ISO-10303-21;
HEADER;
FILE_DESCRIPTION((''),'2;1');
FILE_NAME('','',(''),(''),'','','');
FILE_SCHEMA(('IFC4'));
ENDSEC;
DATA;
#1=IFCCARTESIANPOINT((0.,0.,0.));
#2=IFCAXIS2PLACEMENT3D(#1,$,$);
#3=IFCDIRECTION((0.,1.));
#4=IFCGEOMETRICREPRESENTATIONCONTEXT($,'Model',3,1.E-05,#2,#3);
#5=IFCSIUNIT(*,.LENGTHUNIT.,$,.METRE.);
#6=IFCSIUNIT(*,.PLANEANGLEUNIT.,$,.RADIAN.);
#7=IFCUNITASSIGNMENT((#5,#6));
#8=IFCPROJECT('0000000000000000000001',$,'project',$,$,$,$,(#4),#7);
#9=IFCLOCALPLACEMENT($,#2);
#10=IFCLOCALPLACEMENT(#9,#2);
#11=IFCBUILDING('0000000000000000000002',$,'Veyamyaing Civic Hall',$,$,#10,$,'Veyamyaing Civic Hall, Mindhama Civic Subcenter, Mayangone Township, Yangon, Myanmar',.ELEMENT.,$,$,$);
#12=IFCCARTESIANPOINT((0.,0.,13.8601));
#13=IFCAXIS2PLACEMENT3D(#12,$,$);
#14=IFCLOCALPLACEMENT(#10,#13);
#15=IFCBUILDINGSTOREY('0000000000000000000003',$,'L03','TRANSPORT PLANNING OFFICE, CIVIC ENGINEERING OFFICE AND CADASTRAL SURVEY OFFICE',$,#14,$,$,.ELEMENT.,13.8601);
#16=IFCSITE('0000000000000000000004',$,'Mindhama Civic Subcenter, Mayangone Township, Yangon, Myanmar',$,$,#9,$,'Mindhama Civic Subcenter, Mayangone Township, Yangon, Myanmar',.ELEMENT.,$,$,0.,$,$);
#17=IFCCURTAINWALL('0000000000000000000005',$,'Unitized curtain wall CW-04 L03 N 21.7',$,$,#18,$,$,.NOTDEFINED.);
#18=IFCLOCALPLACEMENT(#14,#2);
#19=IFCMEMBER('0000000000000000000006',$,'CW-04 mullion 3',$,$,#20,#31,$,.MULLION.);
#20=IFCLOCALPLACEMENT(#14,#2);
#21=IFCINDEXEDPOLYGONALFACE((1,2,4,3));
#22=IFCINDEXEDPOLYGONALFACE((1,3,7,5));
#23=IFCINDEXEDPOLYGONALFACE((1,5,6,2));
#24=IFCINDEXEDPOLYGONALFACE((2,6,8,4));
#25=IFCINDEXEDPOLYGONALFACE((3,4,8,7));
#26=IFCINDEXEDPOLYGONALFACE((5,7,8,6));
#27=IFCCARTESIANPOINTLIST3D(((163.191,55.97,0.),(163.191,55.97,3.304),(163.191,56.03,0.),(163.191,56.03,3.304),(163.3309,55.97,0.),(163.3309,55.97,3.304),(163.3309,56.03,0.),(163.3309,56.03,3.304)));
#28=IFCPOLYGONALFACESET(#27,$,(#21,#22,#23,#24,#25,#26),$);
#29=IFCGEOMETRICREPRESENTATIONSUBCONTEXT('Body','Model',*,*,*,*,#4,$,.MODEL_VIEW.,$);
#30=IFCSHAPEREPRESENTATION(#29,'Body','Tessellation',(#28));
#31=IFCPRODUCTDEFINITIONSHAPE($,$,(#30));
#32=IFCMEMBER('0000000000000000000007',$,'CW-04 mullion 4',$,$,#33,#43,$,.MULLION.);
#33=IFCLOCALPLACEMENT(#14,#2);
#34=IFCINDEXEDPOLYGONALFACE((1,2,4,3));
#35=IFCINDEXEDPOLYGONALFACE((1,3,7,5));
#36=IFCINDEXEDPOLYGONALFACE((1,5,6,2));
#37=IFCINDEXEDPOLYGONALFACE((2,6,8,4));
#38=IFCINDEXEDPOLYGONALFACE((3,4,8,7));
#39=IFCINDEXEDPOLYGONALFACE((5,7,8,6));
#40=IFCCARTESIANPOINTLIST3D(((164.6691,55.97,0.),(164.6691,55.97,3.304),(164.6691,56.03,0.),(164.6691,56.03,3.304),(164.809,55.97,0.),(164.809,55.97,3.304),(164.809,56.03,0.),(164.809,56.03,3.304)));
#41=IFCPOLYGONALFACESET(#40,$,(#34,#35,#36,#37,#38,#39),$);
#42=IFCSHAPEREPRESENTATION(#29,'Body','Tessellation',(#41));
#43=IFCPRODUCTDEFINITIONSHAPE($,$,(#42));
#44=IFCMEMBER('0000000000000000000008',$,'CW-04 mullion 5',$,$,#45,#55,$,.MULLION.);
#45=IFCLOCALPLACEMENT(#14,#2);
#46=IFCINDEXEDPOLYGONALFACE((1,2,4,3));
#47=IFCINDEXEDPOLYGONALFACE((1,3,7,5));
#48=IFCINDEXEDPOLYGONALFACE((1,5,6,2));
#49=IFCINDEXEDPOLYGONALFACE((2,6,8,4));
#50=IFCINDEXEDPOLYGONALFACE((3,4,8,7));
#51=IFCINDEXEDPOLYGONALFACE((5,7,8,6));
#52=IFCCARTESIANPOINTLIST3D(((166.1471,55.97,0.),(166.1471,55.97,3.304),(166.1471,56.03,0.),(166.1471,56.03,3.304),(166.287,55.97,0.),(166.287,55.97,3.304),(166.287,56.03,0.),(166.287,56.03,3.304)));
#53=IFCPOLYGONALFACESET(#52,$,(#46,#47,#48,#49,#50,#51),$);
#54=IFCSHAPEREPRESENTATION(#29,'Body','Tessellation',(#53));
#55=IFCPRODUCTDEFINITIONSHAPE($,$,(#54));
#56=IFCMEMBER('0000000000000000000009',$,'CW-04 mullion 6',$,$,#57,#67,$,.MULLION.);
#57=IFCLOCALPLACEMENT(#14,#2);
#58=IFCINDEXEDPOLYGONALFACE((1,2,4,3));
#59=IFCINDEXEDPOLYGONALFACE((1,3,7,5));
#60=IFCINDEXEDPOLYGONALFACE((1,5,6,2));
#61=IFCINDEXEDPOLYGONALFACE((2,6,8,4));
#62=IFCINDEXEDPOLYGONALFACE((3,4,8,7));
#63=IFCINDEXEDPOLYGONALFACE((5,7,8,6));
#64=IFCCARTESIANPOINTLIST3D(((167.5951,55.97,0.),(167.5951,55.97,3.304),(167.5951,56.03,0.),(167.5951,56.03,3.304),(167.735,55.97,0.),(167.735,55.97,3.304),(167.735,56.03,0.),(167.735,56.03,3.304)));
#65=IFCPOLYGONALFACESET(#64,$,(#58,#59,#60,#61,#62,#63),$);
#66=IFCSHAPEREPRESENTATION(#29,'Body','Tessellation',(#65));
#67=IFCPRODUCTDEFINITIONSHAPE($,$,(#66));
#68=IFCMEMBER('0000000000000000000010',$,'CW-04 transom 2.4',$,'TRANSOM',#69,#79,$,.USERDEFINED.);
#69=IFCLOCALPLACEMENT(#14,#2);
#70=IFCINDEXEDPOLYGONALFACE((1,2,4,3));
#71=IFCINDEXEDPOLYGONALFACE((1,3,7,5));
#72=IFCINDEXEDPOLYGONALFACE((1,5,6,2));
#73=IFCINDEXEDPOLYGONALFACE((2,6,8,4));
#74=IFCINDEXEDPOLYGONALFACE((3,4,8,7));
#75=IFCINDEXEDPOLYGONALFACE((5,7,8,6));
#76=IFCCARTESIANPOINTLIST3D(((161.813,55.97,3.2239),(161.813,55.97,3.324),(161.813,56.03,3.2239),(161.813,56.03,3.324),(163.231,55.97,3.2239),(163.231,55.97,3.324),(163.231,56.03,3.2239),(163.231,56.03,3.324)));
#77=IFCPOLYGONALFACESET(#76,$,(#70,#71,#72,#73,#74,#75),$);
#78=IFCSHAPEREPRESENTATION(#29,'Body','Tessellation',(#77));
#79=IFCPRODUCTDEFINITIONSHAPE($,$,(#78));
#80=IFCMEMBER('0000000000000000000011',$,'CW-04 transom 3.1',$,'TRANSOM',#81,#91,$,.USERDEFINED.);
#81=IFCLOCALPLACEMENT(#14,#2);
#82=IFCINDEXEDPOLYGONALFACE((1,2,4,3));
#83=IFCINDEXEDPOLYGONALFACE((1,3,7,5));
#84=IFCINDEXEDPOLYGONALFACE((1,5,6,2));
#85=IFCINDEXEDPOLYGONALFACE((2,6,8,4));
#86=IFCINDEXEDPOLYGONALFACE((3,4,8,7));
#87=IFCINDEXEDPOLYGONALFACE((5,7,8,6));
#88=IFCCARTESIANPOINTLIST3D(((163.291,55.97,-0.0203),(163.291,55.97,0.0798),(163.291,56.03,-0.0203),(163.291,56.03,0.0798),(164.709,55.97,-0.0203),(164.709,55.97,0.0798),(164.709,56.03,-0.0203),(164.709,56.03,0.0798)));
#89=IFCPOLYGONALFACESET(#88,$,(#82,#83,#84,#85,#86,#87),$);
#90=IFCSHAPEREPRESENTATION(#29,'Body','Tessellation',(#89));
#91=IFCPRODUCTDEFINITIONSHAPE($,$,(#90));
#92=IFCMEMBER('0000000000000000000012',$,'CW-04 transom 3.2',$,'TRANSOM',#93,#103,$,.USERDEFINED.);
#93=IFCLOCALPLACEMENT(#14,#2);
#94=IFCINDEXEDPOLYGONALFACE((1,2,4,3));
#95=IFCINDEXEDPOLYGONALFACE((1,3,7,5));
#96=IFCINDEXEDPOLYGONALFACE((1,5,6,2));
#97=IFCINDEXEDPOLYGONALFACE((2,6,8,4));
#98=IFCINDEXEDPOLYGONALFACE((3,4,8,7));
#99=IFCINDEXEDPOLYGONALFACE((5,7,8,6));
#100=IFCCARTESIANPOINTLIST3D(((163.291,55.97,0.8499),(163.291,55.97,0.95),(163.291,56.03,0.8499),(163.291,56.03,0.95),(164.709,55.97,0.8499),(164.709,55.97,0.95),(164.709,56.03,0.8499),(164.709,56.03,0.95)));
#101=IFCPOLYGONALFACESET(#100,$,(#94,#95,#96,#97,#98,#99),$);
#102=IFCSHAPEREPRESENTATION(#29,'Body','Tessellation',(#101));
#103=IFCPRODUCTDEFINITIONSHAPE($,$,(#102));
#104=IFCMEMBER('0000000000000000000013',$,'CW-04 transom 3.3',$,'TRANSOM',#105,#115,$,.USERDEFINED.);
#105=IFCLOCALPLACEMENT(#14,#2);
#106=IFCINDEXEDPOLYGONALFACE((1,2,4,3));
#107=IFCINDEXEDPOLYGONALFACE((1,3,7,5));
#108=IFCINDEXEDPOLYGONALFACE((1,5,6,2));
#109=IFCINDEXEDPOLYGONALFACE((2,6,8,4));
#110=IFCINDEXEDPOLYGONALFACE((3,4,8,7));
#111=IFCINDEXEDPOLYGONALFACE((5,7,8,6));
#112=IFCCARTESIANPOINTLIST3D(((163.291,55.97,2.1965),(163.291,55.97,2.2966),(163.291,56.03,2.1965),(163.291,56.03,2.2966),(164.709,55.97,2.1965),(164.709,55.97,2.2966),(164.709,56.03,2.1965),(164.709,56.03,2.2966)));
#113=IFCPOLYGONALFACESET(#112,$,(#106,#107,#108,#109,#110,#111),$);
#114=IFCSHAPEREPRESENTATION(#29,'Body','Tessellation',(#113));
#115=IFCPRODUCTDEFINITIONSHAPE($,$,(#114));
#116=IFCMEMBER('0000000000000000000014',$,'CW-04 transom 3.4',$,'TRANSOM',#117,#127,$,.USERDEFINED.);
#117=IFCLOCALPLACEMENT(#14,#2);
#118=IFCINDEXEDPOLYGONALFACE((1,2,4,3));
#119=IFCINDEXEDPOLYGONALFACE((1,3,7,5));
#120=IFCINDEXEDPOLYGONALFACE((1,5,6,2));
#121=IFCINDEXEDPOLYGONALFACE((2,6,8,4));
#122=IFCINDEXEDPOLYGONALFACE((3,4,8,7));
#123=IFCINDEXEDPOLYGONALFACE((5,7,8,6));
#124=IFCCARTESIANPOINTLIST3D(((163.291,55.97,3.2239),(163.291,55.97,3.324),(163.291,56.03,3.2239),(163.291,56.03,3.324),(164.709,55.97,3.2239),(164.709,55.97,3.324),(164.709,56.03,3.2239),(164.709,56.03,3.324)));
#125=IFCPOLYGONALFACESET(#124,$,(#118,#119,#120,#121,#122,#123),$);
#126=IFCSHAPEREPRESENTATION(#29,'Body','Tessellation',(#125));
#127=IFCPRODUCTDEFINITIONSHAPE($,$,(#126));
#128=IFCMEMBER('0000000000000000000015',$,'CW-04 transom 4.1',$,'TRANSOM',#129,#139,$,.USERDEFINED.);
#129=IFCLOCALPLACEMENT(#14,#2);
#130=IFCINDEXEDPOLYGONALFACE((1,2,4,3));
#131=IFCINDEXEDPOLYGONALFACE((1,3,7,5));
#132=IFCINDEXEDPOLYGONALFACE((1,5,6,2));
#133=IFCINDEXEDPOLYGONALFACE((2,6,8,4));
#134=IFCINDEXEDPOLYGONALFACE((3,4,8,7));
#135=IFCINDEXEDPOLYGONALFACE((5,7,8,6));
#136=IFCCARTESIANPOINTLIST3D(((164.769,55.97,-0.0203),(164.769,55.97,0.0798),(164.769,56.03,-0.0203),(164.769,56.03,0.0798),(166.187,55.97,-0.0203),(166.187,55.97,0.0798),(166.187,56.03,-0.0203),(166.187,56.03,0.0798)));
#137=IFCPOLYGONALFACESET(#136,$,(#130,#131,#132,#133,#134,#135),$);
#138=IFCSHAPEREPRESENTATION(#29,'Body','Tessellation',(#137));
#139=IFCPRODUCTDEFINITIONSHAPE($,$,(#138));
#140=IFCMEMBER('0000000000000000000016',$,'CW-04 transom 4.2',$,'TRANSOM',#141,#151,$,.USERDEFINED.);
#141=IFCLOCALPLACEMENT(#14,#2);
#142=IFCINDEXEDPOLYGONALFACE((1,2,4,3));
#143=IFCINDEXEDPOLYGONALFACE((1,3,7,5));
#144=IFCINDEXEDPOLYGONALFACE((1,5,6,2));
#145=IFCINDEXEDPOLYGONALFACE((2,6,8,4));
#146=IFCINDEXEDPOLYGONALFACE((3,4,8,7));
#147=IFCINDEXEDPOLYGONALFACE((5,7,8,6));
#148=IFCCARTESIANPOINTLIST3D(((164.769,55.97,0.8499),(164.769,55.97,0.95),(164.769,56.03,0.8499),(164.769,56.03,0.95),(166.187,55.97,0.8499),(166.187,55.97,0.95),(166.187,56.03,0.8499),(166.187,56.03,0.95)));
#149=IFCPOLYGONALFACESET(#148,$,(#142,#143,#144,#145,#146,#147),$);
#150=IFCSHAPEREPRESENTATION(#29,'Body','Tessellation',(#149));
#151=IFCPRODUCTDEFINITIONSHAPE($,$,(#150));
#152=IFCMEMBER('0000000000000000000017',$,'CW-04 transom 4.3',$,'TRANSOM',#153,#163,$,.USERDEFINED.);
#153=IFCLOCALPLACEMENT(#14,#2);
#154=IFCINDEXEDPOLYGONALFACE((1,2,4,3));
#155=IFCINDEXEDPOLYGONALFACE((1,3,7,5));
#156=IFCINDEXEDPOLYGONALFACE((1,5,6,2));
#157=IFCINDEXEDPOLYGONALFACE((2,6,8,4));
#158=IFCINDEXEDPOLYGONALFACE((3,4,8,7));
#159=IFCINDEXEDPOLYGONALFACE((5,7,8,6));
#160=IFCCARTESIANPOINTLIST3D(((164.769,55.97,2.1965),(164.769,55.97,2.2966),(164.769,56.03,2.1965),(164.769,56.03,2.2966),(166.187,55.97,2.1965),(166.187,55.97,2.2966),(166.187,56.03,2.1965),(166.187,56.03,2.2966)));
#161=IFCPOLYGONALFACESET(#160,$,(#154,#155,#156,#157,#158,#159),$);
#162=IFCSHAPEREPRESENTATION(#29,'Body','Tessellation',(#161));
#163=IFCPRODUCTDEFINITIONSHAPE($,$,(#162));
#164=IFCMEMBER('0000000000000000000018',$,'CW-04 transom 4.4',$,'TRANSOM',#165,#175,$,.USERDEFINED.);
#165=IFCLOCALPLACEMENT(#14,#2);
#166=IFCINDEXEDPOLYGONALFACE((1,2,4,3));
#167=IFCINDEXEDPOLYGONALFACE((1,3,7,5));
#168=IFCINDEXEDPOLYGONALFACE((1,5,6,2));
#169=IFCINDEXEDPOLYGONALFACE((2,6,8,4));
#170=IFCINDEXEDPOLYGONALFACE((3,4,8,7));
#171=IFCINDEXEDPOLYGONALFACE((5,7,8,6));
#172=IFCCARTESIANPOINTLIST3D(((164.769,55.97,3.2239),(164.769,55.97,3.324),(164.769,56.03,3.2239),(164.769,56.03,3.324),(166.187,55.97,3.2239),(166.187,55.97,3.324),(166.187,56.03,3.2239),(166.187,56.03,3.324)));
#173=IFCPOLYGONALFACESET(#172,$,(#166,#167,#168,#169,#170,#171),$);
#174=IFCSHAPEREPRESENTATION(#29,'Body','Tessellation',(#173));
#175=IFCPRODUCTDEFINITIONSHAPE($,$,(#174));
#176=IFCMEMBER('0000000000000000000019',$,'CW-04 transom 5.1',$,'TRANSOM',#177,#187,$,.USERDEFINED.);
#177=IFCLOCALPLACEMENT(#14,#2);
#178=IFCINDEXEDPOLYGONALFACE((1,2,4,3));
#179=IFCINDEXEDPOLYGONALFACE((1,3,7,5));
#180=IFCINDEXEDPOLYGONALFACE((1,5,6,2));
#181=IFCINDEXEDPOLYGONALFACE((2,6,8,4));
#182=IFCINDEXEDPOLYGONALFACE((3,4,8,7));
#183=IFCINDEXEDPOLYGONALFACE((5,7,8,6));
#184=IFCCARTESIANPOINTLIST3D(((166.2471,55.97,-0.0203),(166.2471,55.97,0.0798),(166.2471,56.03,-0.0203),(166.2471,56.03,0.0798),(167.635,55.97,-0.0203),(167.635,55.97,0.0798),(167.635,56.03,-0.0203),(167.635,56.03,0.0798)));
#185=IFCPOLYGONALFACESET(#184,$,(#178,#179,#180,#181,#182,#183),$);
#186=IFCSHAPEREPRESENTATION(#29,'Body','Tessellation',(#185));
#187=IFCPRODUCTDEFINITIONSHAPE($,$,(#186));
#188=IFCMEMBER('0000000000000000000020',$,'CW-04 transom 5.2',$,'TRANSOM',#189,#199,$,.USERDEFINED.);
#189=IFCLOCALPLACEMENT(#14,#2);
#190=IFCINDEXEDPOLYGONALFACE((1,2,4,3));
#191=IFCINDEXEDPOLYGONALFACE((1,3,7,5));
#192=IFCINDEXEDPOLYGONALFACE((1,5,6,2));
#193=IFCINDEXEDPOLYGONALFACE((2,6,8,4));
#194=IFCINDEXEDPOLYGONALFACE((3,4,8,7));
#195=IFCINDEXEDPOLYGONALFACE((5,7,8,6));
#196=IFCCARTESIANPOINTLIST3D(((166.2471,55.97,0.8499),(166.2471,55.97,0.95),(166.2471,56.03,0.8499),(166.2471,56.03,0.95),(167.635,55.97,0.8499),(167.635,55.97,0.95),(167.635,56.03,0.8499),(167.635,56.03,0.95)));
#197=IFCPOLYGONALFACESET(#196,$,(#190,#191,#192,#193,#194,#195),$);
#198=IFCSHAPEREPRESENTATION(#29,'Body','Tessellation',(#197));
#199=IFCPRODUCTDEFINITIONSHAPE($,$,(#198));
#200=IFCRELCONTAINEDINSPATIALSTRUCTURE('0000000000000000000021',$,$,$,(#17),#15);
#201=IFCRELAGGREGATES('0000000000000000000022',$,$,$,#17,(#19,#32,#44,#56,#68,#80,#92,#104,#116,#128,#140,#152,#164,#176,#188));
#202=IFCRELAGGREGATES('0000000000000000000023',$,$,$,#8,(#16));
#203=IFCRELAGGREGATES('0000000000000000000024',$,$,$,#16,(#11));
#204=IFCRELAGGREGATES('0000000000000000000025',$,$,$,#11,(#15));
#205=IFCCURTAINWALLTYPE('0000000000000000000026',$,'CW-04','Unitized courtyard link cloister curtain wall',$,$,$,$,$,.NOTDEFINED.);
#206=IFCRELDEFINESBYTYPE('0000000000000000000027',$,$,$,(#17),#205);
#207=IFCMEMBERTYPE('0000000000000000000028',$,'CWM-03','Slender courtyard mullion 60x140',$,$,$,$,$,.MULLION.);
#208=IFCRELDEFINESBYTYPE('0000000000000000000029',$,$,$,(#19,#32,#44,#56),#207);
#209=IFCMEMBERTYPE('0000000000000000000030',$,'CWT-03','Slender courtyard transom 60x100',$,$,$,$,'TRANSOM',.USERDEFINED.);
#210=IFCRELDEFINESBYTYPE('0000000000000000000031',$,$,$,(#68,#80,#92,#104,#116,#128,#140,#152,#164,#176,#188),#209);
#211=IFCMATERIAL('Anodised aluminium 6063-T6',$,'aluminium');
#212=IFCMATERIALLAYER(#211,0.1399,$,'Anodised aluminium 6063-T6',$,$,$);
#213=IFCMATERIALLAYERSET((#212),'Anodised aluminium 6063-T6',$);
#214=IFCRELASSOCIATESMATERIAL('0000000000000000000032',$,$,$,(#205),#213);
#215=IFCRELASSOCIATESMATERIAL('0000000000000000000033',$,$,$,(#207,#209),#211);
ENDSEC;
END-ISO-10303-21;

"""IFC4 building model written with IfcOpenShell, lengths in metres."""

from ifc_helpers import new_model, si_unit, direction, frame, origin, origin_2d, place, context, subcontext, project, spatial, rectangle, extrude, material, layer, layer_set, material_profile, profile_set, type_object, element, aggregate, save


model = new_model("IFC4")

# Units and contexts
model_context = context("Model", 3, precision=1e-05, world=origin(), true_north=direction((0.0, 1.0)))
body_context = subcontext(model_context, "Body", "Model", "MODEL_VIEW")
ifc_project = project(units=[si_unit("LENGTHUNIT", "METRE"), si_unit("PLANEANGLEUNIT", "RADIAN")], contexts=[model_context])

# Site, building, storey
site_placement = place(None, origin())
site = spatial("IfcSite", under=ifc_project, at=site_placement, Name="Mindhama Civic Subcenter, Mayangone Township, Yangon, Myanmar", LongName="Mindhama Civic Subcenter, Mayangone Township, Yangon, Myanmar", CompositionType="ELEMENT", RefElevation=0.0)
building_placement = place(site_placement, origin())
building = spatial("IfcBuilding", under=site, at=building_placement, Name="Veyamyaing Civic Hall", LongName="Veyamyaing Civic Hall, Mindhama Civic Subcenter, Mayangone Township, Yangon, Myanmar", CompositionType="ELEMENT")
storey_placement = place(building_placement, frame((0.0, 0.0, 13.8601)))
storey = spatial("IfcBuildingStorey", under=building, at=storey_placement, Name="L03", Description="TRANSPORT PLANNING OFFICE, CIVIC ENGINEERING OFFICE AND CADASTRAL SURVEY OFFICE", CompositionType="ELEMENT", Elevation=13.8601)

# Curtain wall, members
ifc_material_1 = material(Name="Anodised aluminium 6063-T6", Category="aluminium")
ifc_layer_1 = layer(ifc_material_1, 0.1399, Name="Anodised aluminium 6063-T6")
ifc_layer_set_1 = layer_set([ifc_layer_1], Name="Anodised aluminium 6063-T6")
curtain_wall_type = type_object("IfcCurtainWallType", Name="CW-04", Description="Unitized courtyard link cloister curtain wall", PredefinedType="NOTDEFINED", material=ifc_layer_set_1)
curtain_wall_placement = place(storey_placement, origin())
curtain_wall = element("IfcCurtainWall", 1, at=curtain_wall_placement, inside=storey, type_object=curtain_wall_type, Name="Unitized curtain wall CW-04 L03 N 21.7", PredefinedType="NOTDEFINED")
ifc_material_profile_1 = material_profile(ifc_material_1, rectangle(XDim=0.0601, YDim=0.1399, at=origin_2d()), Name="ALU-MUL-60X140")
ifc_profile_set_1 = profile_set([ifc_material_profile_1], Name="Anodised aluminium 6063-T6")
member_type_1 = type_object("IfcMemberType", Name="CWM-03", Description="Slender courtyard mullion 60x140", PredefinedType="MULLION", material=ifc_profile_set_1)
member_1_placement = place(storey_placement, frame((163.261, 56.0, 0.0), z_axis=(0.0, 0.0, 1.0), x_axis=(0.0, 1.0, 0.0)))
member_1 = element("IfcMember", 2, at=member_1_placement, type_object=member_type_1, Name="CW-04 mullion 3", PredefinedType="MULLION", context=body_context, shape_type="SweptSolid", body=[
    extrude(rectangle(XDim=0.0601, YDim=0.1399, at=origin_2d()), origin(), (0.0, 0.0, 1.0), 3.304),
])
member_2_placement = place(storey_placement, frame((164.739, 56.0, 0.0), z_axis=(0.0, 0.0, 1.0), x_axis=(0.0, 1.0, 0.0)))
member_2 = element("IfcMember", 3, at=member_2_placement, type_object=member_type_1, Name="CW-04 mullion 4", PredefinedType="MULLION", context=body_context, shape_type="SweptSolid", body=[
    extrude(rectangle(XDim=0.0601, YDim=0.1399, at=origin_2d()), origin(), (0.0, 0.0, 1.0), 3.304),
])
member_3_placement = place(storey_placement, frame((166.217, 56.0, 0.0), z_axis=(0.0, 0.0, 1.0), x_axis=(0.0, 1.0, 0.0)))
member_3 = element("IfcMember", 4, at=member_3_placement, type_object=member_type_1, Name="CW-04 mullion 5", PredefinedType="MULLION", context=body_context, shape_type="SweptSolid", body=[
    extrude(rectangle(XDim=0.0601, YDim=0.1399, at=origin_2d()), origin(), (0.0, 0.0, 1.0), 3.304),
])
member_4_placement = place(storey_placement, frame((167.665, 56.0, 0.0), z_axis=(0.0, 0.0, 1.0), x_axis=(0.0, 1.0, 0.0)))
member_4 = element("IfcMember", 5, at=member_4_placement, type_object=member_type_1, Name="CW-04 mullion 6", PredefinedType="MULLION", context=body_context, shape_type="SweptSolid", body=[
    extrude(rectangle(XDim=0.0601, YDim=0.1399, at=origin_2d()), origin(), (0.0, 0.0, 1.0), 3.304),
])
ifc_material_profile_2 = material_profile(ifc_material_1, rectangle(XDim=0.0601, YDim=0.1001, at=origin_2d()), Name="ALU-TRN-60X100")
ifc_profile_set_2 = profile_set([ifc_material_profile_2], Name="Anodised aluminium 6063-T6")
member_type_2 = type_object("IfcMemberType", Name="CWT-03", Description="Slender courtyard transom 60x100", ElementType="TRANSOM", PredefinedType="USERDEFINED", material=ifc_profile_set_2)
member_5_placement = place(storey_placement, frame((161.813, 56.0, 3.2739), z_axis=(1.0, 0.0, 0.0), x_axis=(0.0, 1.0, 0.0)))
member_5 = element("IfcMember", 6, at=member_5_placement, type_object=member_type_2, Name="CW-04 transom 2.4", ObjectType="TRANSOM", PredefinedType="USERDEFINED", context=body_context, shape_type="SweptSolid", body=[
    extrude(rectangle(XDim=0.0601, YDim=0.1001, at=origin_2d()), origin(), (0.0, 0.0, 1.0), 1.418),
])
member_6_placement = place(storey_placement, frame((163.291, 56.0, 0.0298), z_axis=(1.0, 0.0, 0.0), x_axis=(0.0, 1.0, 0.0)))
member_6 = element("IfcMember", 7, at=member_6_placement, type_object=member_type_2, Name="CW-04 transom 3.1", ObjectType="TRANSOM", PredefinedType="USERDEFINED", context=body_context, shape_type="SweptSolid", body=[
    extrude(rectangle(XDim=0.0601, YDim=0.1001, at=origin_2d()), origin(), (0.0, 0.0, 1.0), 1.418),
])
member_7_placement = place(storey_placement, frame((163.291, 56.0, 0.8999), z_axis=(1.0, 0.0, 0.0), x_axis=(0.0, 1.0, 0.0)))
member_7 = element("IfcMember", 8, at=member_7_placement, type_object=member_type_2, Name="CW-04 transom 3.2", ObjectType="TRANSOM", PredefinedType="USERDEFINED", context=body_context, shape_type="SweptSolid", body=[
    extrude(rectangle(XDim=0.0601, YDim=0.1001, at=origin_2d()), origin(), (0.0, 0.0, 1.0), 1.418),
])
member_8_placement = place(storey_placement, frame((163.291, 56.0, 2.2466), z_axis=(1.0, 0.0, 0.0), x_axis=(0.0, 1.0, 0.0)))
member_8 = element("IfcMember", 9, at=member_8_placement, type_object=member_type_2, Name="CW-04 transom 3.3", ObjectType="TRANSOM", PredefinedType="USERDEFINED", context=body_context, shape_type="SweptSolid", body=[
    extrude(rectangle(XDim=0.0601, YDim=0.1001, at=origin_2d()), origin(), (0.0, 0.0, 1.0), 1.418),
])
member_9_placement = place(storey_placement, frame((163.291, 56.0, 3.2739), z_axis=(1.0, 0.0, 0.0), x_axis=(0.0, 1.0, 0.0)))
member_9 = element("IfcMember", 10, at=member_9_placement, type_object=member_type_2, Name="CW-04 transom 3.4", ObjectType="TRANSOM", PredefinedType="USERDEFINED", context=body_context, shape_type="SweptSolid", body=[
    extrude(rectangle(XDim=0.0601, YDim=0.1001, at=origin_2d()), origin(), (0.0, 0.0, 1.0), 1.418),
])
member_10_placement = place(storey_placement, frame((164.769, 56.0, 0.0298), z_axis=(1.0, 0.0, 0.0), x_axis=(0.0, 1.0, 0.0)))
member_10 = element("IfcMember", 11, at=member_10_placement, type_object=member_type_2, Name="CW-04 transom 4.1", ObjectType="TRANSOM", PredefinedType="USERDEFINED", context=body_context, shape_type="SweptSolid", body=[
    extrude(rectangle(XDim=0.0601, YDim=0.1001, at=origin_2d()), origin(), (0.0, 0.0, 1.0), 1.418),
])
member_11_placement = place(storey_placement, frame((164.769, 56.0, 0.8999), z_axis=(1.0, 0.0, 0.0), x_axis=(0.0, 1.0, 0.0)))
member_11 = element("IfcMember", 12, at=member_11_placement, type_object=member_type_2, Name="CW-04 transom 4.2", ObjectType="TRANSOM", PredefinedType="USERDEFINED", context=body_context, shape_type="SweptSolid", body=[
    extrude(rectangle(XDim=0.0601, YDim=0.1001, at=origin_2d()), origin(), (0.0, 0.0, 1.0), 1.418),
])
member_12_placement = place(storey_placement, frame((164.769, 56.0, 2.2466), z_axis=(1.0, 0.0, 0.0), x_axis=(0.0, 1.0, 0.0)))
member_12 = element("IfcMember", 13, at=member_12_placement, type_object=member_type_2, Name="CW-04 transom 4.3", ObjectType="TRANSOM", PredefinedType="USERDEFINED", context=body_context, shape_type="SweptSolid", body=[
    extrude(rectangle(XDim=0.0601, YDim=0.1001, at=origin_2d()), origin(), (0.0, 0.0, 1.0), 1.418),
])
member_13_placement = place(storey_placement, frame((164.769, 56.0, 3.2739), z_axis=(1.0, 0.0, 0.0), x_axis=(0.0, 1.0, 0.0)))
member_13 = element("IfcMember", 14, at=member_13_placement, type_object=member_type_2, Name="CW-04 transom 4.4", ObjectType="TRANSOM", PredefinedType="USERDEFINED", context=body_context, shape_type="SweptSolid", body=[
    extrude(rectangle(XDim=0.0601, YDim=0.1001, at=origin_2d()), origin(), (0.0, 0.0, 1.0), 1.418),
])
member_14_placement = place(storey_placement, frame((166.2471, 56.0, 0.0298), z_axis=(1.0, 0.0, 0.0), x_axis=(0.0, 1.0, 0.0)))
member_14 = element("IfcMember", 15, at=member_14_placement, type_object=member_type_2, Name="CW-04 transom 5.1", ObjectType="TRANSOM", PredefinedType="USERDEFINED", context=body_context, shape_type="SweptSolid", body=[
    extrude(rectangle(XDim=0.0601, YDim=0.1001, at=origin_2d()), origin(), (0.0, 0.0, 1.0), 1.3879),
])
member_15_placement = place(storey_placement, frame((166.2471, 56.0, 0.8999), z_axis=(1.0, 0.0, 0.0), x_axis=(0.0, 1.0, 0.0)))
member_15 = element("IfcMember", 16, at=member_15_placement, type_object=member_type_2, Name="CW-04 transom 5.2", ObjectType="TRANSOM", PredefinedType="USERDEFINED", context=body_context, shape_type="SweptSolid", body=[
    extrude(rectangle(XDim=0.0601, YDim=0.1001, at=origin_2d()), origin(), (0.0, 0.0, 1.0), 1.3879),
])
aggregate(curtain_wall, [member_1, member_2, member_3, member_4, member_5, member_6, member_7, member_8, member_9, member_10, member_11, member_12, member_13, member_14, member_15])

save(model, "model.ifc")
